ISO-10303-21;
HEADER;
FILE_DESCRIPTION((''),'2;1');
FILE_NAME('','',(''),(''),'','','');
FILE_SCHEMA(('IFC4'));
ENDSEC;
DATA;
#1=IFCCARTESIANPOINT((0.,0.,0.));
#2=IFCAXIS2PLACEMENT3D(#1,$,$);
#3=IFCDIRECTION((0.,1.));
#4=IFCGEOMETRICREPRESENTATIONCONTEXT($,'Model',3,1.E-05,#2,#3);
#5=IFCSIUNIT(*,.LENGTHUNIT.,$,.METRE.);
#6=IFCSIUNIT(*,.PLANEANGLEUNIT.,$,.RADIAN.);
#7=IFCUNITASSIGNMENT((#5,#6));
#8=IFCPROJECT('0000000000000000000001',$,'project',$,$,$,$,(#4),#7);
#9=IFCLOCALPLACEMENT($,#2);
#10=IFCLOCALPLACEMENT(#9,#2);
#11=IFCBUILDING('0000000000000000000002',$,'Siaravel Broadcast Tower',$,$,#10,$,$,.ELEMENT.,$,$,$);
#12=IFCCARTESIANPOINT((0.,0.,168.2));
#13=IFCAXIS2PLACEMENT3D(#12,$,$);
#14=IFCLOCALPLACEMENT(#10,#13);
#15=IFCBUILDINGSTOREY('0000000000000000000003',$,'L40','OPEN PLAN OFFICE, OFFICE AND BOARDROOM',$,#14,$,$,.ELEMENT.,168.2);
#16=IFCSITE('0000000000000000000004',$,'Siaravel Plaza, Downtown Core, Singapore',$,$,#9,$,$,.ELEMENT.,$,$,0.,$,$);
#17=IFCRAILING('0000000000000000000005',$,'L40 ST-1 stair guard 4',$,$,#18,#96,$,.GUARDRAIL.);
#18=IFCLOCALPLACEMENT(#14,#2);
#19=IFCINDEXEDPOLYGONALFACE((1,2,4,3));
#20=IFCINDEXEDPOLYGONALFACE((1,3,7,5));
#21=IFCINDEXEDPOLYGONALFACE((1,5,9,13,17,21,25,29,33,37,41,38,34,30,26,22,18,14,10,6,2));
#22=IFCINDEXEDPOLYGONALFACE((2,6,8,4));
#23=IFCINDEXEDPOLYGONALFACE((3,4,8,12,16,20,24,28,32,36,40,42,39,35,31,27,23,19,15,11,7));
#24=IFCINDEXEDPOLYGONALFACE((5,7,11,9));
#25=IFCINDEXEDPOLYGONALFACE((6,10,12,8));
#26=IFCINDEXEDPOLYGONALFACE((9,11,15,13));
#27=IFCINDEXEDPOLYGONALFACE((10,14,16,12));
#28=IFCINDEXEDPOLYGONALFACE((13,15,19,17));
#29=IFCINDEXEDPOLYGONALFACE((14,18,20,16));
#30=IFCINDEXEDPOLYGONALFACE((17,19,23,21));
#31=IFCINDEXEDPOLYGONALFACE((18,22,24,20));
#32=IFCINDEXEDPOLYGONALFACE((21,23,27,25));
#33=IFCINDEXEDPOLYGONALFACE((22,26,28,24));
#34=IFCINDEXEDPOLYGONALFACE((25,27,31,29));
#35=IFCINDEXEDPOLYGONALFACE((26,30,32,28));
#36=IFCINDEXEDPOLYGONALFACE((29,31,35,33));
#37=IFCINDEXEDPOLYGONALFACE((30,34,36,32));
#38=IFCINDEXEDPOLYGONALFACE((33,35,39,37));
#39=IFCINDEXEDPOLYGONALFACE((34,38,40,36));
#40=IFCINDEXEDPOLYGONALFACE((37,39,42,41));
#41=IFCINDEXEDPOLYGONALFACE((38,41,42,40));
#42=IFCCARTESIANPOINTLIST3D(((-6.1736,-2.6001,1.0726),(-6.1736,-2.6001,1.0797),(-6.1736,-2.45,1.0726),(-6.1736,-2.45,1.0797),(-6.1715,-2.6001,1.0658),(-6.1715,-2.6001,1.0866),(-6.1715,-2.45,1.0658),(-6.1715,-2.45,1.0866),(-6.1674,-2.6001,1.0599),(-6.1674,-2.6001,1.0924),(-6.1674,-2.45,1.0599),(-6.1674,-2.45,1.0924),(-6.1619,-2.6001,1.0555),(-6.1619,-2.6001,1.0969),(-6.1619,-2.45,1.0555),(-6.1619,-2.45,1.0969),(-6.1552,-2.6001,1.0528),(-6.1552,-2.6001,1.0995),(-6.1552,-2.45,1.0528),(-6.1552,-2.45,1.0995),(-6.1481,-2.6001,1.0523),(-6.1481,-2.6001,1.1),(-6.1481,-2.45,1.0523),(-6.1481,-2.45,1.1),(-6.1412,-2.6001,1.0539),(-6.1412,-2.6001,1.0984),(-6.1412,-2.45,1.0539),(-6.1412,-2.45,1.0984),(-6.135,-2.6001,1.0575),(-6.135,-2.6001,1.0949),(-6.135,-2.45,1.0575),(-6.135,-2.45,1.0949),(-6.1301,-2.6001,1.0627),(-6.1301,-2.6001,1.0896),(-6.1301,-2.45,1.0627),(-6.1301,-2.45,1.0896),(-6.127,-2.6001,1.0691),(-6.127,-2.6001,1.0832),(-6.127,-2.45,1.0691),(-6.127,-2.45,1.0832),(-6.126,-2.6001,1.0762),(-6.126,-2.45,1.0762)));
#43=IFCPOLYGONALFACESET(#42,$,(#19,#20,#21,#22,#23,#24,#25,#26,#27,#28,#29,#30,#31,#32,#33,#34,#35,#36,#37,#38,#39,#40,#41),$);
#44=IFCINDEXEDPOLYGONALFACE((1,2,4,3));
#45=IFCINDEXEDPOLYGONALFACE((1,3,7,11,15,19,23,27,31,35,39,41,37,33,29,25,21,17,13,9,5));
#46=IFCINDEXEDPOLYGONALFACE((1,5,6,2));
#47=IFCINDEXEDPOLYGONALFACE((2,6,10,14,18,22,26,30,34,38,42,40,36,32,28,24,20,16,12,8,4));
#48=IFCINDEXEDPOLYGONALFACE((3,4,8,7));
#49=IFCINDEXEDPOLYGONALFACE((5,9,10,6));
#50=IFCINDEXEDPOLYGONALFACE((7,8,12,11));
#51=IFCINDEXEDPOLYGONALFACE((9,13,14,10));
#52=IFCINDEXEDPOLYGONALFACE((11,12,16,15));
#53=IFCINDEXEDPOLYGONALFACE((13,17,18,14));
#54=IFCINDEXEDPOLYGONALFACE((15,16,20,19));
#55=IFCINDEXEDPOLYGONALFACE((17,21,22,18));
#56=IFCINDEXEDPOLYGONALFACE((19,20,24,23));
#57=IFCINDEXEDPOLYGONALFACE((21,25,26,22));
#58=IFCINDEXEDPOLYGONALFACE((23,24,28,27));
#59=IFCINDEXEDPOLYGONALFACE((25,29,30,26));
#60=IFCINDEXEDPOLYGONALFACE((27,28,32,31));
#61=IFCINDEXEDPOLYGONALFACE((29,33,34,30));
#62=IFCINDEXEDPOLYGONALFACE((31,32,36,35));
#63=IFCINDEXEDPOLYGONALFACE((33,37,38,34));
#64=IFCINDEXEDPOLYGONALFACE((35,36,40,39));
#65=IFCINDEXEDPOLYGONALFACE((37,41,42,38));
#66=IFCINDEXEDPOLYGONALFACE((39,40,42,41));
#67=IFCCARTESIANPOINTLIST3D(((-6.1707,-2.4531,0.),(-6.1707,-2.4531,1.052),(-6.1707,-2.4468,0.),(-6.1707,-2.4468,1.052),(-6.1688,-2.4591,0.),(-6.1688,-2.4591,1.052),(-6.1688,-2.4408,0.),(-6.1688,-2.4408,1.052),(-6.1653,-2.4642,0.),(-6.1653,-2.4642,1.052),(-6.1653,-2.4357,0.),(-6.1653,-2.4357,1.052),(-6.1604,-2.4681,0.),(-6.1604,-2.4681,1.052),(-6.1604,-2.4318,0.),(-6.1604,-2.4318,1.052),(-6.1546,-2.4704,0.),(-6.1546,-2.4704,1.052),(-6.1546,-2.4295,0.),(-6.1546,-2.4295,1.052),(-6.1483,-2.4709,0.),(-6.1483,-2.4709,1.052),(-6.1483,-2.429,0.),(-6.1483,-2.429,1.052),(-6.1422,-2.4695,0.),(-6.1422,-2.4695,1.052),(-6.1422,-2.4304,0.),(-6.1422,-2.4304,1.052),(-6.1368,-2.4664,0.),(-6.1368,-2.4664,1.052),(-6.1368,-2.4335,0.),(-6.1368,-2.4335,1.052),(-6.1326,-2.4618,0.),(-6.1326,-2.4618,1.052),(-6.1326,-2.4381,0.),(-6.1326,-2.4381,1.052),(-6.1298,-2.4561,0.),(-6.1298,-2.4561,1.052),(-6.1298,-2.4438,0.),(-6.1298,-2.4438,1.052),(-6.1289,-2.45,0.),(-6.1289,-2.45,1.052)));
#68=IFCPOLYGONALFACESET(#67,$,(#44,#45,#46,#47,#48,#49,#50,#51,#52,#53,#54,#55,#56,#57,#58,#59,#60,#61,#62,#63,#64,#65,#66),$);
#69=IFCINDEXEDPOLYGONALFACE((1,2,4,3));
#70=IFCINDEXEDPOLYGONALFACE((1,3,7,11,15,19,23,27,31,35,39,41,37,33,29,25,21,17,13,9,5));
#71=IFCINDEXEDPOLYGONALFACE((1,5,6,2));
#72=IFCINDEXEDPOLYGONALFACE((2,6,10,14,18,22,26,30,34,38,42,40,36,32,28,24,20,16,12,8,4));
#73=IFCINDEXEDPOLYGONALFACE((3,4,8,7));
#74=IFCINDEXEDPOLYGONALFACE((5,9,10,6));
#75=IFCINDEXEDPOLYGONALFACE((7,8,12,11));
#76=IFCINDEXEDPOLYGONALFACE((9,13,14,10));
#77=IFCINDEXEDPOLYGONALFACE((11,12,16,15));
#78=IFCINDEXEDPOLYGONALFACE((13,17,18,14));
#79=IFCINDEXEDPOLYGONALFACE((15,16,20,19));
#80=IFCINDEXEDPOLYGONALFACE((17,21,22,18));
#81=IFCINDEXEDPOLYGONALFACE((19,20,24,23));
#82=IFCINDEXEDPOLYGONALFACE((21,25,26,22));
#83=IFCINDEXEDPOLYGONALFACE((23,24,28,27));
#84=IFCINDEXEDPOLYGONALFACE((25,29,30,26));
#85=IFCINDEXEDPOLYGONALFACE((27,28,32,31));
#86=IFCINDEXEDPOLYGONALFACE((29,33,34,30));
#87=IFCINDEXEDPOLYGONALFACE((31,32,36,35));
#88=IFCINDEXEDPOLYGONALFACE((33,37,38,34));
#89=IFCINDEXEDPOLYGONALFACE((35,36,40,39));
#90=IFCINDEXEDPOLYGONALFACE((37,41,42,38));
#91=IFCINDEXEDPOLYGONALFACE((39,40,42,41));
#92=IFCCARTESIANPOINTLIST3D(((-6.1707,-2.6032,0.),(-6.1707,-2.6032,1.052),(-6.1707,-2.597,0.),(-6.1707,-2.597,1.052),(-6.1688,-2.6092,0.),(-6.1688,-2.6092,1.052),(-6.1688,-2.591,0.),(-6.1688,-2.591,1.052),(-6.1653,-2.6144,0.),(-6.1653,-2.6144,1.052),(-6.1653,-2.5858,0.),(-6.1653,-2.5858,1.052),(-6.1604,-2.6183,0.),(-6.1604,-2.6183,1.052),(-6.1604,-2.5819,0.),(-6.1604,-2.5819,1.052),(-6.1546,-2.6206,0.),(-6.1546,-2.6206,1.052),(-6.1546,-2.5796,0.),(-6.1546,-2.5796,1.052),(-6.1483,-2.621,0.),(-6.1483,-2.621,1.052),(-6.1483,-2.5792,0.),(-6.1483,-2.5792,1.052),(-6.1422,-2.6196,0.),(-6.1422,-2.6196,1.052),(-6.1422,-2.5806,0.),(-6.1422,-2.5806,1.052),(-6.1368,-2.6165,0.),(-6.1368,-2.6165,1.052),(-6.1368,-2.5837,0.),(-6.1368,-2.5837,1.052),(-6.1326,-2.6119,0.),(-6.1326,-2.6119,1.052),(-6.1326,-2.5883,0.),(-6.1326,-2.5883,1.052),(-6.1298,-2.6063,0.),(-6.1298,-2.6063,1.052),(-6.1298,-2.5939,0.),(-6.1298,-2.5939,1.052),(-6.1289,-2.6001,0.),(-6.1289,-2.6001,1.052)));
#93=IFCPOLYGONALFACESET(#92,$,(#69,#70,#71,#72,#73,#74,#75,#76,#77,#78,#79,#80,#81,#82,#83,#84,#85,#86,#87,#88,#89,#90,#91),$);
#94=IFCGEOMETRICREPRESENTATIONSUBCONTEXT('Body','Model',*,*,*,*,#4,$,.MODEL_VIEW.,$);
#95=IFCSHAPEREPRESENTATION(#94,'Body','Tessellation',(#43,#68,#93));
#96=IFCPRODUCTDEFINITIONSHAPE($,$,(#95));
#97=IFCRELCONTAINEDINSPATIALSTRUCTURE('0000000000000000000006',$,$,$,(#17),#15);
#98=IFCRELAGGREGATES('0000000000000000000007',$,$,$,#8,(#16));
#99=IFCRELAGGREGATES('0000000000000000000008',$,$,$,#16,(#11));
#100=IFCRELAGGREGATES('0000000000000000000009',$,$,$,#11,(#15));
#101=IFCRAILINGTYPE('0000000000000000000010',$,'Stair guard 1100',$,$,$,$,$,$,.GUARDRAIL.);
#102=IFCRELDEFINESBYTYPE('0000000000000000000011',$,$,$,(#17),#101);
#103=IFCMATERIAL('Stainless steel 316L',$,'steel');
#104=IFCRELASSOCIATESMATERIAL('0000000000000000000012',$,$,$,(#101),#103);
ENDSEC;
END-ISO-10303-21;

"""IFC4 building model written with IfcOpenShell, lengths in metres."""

from ifc_helpers import new_model, si_unit, direction, frame, origin, origin_2d, place, context, subcontext, project, spatial, circle, extrude, material, type_object, element, save


model = new_model("IFC4")

# Units and contexts
model_context = context("Model", 3, precision=1e-05, world=origin(), true_north=direction((0.0, 1.0)))
body_context = subcontext(model_context, "Body", "Model", "MODEL_VIEW")
ifc_project = project(units=[si_unit("LENGTHUNIT", "METRE"), si_unit("PLANEANGLEUNIT", "RADIAN")], contexts=[model_context])

# Site, building, storey
site_placement = place(None, origin())
site = spatial("IfcSite", under=ifc_project, at=site_placement, Name="Siaravel Plaza, Downtown Core, Singapore", CompositionType="ELEMENT", RefElevation=0.0)
building_placement = place(site_placement, origin())
building = spatial("IfcBuilding", under=site, at=building_placement, Name="Siaravel Broadcast Tower", CompositionType="ELEMENT")
storey_placement = place(building_placement, frame((0.0, 0.0, 168.2)))
storey = spatial("IfcBuildingStorey", under=building, at=storey_placement, Name="L40", Description="OPEN PLAN OFFICE, OFFICE AND BOARDROOM", CompositionType="ELEMENT", Elevation=168.2)

# Shared definitions
ifc_material_1 = material(Name="Stainless steel 316L", Category="steel")

# Railing
railing_type_1 = type_object("IfcRailingType", Name="Stair guard 1100", PredefinedType="GUARDRAIL", material=ifc_material_1)
railing_1_placement = place(storey_placement, frame((-6.1499, -2.45, 0.0)))
element("IfcRailing", 1, at=railing_1_placement, inside=storey, type_object=railing_type_1, Name="L40 ST-1 stair guard 4", PredefinedType="GUARDRAIL", context=body_context, shape_type="SweptSolid", body=[
    extrude(circle(Radius=0.0239, at=origin_2d()), frame((0.0, 0.0, 1.0762), z_axis=(0.0, -1.0, 0.0), x_axis=(1.0, 0.0, 0.0)), (0.0, 0.0, 1.0), 0.1501),
    extrude(circle(Radius=0.021, at=origin_2d()), origin(), (0.0, 0.0, 1.0), 1.052),
    extrude(circle(Radius=0.021, at=origin_2d()), frame((0.0, -0.1501, 0.0)), (0.0, 0.0, 1.0), 1.052),
])

save(model, "model.ifc")
